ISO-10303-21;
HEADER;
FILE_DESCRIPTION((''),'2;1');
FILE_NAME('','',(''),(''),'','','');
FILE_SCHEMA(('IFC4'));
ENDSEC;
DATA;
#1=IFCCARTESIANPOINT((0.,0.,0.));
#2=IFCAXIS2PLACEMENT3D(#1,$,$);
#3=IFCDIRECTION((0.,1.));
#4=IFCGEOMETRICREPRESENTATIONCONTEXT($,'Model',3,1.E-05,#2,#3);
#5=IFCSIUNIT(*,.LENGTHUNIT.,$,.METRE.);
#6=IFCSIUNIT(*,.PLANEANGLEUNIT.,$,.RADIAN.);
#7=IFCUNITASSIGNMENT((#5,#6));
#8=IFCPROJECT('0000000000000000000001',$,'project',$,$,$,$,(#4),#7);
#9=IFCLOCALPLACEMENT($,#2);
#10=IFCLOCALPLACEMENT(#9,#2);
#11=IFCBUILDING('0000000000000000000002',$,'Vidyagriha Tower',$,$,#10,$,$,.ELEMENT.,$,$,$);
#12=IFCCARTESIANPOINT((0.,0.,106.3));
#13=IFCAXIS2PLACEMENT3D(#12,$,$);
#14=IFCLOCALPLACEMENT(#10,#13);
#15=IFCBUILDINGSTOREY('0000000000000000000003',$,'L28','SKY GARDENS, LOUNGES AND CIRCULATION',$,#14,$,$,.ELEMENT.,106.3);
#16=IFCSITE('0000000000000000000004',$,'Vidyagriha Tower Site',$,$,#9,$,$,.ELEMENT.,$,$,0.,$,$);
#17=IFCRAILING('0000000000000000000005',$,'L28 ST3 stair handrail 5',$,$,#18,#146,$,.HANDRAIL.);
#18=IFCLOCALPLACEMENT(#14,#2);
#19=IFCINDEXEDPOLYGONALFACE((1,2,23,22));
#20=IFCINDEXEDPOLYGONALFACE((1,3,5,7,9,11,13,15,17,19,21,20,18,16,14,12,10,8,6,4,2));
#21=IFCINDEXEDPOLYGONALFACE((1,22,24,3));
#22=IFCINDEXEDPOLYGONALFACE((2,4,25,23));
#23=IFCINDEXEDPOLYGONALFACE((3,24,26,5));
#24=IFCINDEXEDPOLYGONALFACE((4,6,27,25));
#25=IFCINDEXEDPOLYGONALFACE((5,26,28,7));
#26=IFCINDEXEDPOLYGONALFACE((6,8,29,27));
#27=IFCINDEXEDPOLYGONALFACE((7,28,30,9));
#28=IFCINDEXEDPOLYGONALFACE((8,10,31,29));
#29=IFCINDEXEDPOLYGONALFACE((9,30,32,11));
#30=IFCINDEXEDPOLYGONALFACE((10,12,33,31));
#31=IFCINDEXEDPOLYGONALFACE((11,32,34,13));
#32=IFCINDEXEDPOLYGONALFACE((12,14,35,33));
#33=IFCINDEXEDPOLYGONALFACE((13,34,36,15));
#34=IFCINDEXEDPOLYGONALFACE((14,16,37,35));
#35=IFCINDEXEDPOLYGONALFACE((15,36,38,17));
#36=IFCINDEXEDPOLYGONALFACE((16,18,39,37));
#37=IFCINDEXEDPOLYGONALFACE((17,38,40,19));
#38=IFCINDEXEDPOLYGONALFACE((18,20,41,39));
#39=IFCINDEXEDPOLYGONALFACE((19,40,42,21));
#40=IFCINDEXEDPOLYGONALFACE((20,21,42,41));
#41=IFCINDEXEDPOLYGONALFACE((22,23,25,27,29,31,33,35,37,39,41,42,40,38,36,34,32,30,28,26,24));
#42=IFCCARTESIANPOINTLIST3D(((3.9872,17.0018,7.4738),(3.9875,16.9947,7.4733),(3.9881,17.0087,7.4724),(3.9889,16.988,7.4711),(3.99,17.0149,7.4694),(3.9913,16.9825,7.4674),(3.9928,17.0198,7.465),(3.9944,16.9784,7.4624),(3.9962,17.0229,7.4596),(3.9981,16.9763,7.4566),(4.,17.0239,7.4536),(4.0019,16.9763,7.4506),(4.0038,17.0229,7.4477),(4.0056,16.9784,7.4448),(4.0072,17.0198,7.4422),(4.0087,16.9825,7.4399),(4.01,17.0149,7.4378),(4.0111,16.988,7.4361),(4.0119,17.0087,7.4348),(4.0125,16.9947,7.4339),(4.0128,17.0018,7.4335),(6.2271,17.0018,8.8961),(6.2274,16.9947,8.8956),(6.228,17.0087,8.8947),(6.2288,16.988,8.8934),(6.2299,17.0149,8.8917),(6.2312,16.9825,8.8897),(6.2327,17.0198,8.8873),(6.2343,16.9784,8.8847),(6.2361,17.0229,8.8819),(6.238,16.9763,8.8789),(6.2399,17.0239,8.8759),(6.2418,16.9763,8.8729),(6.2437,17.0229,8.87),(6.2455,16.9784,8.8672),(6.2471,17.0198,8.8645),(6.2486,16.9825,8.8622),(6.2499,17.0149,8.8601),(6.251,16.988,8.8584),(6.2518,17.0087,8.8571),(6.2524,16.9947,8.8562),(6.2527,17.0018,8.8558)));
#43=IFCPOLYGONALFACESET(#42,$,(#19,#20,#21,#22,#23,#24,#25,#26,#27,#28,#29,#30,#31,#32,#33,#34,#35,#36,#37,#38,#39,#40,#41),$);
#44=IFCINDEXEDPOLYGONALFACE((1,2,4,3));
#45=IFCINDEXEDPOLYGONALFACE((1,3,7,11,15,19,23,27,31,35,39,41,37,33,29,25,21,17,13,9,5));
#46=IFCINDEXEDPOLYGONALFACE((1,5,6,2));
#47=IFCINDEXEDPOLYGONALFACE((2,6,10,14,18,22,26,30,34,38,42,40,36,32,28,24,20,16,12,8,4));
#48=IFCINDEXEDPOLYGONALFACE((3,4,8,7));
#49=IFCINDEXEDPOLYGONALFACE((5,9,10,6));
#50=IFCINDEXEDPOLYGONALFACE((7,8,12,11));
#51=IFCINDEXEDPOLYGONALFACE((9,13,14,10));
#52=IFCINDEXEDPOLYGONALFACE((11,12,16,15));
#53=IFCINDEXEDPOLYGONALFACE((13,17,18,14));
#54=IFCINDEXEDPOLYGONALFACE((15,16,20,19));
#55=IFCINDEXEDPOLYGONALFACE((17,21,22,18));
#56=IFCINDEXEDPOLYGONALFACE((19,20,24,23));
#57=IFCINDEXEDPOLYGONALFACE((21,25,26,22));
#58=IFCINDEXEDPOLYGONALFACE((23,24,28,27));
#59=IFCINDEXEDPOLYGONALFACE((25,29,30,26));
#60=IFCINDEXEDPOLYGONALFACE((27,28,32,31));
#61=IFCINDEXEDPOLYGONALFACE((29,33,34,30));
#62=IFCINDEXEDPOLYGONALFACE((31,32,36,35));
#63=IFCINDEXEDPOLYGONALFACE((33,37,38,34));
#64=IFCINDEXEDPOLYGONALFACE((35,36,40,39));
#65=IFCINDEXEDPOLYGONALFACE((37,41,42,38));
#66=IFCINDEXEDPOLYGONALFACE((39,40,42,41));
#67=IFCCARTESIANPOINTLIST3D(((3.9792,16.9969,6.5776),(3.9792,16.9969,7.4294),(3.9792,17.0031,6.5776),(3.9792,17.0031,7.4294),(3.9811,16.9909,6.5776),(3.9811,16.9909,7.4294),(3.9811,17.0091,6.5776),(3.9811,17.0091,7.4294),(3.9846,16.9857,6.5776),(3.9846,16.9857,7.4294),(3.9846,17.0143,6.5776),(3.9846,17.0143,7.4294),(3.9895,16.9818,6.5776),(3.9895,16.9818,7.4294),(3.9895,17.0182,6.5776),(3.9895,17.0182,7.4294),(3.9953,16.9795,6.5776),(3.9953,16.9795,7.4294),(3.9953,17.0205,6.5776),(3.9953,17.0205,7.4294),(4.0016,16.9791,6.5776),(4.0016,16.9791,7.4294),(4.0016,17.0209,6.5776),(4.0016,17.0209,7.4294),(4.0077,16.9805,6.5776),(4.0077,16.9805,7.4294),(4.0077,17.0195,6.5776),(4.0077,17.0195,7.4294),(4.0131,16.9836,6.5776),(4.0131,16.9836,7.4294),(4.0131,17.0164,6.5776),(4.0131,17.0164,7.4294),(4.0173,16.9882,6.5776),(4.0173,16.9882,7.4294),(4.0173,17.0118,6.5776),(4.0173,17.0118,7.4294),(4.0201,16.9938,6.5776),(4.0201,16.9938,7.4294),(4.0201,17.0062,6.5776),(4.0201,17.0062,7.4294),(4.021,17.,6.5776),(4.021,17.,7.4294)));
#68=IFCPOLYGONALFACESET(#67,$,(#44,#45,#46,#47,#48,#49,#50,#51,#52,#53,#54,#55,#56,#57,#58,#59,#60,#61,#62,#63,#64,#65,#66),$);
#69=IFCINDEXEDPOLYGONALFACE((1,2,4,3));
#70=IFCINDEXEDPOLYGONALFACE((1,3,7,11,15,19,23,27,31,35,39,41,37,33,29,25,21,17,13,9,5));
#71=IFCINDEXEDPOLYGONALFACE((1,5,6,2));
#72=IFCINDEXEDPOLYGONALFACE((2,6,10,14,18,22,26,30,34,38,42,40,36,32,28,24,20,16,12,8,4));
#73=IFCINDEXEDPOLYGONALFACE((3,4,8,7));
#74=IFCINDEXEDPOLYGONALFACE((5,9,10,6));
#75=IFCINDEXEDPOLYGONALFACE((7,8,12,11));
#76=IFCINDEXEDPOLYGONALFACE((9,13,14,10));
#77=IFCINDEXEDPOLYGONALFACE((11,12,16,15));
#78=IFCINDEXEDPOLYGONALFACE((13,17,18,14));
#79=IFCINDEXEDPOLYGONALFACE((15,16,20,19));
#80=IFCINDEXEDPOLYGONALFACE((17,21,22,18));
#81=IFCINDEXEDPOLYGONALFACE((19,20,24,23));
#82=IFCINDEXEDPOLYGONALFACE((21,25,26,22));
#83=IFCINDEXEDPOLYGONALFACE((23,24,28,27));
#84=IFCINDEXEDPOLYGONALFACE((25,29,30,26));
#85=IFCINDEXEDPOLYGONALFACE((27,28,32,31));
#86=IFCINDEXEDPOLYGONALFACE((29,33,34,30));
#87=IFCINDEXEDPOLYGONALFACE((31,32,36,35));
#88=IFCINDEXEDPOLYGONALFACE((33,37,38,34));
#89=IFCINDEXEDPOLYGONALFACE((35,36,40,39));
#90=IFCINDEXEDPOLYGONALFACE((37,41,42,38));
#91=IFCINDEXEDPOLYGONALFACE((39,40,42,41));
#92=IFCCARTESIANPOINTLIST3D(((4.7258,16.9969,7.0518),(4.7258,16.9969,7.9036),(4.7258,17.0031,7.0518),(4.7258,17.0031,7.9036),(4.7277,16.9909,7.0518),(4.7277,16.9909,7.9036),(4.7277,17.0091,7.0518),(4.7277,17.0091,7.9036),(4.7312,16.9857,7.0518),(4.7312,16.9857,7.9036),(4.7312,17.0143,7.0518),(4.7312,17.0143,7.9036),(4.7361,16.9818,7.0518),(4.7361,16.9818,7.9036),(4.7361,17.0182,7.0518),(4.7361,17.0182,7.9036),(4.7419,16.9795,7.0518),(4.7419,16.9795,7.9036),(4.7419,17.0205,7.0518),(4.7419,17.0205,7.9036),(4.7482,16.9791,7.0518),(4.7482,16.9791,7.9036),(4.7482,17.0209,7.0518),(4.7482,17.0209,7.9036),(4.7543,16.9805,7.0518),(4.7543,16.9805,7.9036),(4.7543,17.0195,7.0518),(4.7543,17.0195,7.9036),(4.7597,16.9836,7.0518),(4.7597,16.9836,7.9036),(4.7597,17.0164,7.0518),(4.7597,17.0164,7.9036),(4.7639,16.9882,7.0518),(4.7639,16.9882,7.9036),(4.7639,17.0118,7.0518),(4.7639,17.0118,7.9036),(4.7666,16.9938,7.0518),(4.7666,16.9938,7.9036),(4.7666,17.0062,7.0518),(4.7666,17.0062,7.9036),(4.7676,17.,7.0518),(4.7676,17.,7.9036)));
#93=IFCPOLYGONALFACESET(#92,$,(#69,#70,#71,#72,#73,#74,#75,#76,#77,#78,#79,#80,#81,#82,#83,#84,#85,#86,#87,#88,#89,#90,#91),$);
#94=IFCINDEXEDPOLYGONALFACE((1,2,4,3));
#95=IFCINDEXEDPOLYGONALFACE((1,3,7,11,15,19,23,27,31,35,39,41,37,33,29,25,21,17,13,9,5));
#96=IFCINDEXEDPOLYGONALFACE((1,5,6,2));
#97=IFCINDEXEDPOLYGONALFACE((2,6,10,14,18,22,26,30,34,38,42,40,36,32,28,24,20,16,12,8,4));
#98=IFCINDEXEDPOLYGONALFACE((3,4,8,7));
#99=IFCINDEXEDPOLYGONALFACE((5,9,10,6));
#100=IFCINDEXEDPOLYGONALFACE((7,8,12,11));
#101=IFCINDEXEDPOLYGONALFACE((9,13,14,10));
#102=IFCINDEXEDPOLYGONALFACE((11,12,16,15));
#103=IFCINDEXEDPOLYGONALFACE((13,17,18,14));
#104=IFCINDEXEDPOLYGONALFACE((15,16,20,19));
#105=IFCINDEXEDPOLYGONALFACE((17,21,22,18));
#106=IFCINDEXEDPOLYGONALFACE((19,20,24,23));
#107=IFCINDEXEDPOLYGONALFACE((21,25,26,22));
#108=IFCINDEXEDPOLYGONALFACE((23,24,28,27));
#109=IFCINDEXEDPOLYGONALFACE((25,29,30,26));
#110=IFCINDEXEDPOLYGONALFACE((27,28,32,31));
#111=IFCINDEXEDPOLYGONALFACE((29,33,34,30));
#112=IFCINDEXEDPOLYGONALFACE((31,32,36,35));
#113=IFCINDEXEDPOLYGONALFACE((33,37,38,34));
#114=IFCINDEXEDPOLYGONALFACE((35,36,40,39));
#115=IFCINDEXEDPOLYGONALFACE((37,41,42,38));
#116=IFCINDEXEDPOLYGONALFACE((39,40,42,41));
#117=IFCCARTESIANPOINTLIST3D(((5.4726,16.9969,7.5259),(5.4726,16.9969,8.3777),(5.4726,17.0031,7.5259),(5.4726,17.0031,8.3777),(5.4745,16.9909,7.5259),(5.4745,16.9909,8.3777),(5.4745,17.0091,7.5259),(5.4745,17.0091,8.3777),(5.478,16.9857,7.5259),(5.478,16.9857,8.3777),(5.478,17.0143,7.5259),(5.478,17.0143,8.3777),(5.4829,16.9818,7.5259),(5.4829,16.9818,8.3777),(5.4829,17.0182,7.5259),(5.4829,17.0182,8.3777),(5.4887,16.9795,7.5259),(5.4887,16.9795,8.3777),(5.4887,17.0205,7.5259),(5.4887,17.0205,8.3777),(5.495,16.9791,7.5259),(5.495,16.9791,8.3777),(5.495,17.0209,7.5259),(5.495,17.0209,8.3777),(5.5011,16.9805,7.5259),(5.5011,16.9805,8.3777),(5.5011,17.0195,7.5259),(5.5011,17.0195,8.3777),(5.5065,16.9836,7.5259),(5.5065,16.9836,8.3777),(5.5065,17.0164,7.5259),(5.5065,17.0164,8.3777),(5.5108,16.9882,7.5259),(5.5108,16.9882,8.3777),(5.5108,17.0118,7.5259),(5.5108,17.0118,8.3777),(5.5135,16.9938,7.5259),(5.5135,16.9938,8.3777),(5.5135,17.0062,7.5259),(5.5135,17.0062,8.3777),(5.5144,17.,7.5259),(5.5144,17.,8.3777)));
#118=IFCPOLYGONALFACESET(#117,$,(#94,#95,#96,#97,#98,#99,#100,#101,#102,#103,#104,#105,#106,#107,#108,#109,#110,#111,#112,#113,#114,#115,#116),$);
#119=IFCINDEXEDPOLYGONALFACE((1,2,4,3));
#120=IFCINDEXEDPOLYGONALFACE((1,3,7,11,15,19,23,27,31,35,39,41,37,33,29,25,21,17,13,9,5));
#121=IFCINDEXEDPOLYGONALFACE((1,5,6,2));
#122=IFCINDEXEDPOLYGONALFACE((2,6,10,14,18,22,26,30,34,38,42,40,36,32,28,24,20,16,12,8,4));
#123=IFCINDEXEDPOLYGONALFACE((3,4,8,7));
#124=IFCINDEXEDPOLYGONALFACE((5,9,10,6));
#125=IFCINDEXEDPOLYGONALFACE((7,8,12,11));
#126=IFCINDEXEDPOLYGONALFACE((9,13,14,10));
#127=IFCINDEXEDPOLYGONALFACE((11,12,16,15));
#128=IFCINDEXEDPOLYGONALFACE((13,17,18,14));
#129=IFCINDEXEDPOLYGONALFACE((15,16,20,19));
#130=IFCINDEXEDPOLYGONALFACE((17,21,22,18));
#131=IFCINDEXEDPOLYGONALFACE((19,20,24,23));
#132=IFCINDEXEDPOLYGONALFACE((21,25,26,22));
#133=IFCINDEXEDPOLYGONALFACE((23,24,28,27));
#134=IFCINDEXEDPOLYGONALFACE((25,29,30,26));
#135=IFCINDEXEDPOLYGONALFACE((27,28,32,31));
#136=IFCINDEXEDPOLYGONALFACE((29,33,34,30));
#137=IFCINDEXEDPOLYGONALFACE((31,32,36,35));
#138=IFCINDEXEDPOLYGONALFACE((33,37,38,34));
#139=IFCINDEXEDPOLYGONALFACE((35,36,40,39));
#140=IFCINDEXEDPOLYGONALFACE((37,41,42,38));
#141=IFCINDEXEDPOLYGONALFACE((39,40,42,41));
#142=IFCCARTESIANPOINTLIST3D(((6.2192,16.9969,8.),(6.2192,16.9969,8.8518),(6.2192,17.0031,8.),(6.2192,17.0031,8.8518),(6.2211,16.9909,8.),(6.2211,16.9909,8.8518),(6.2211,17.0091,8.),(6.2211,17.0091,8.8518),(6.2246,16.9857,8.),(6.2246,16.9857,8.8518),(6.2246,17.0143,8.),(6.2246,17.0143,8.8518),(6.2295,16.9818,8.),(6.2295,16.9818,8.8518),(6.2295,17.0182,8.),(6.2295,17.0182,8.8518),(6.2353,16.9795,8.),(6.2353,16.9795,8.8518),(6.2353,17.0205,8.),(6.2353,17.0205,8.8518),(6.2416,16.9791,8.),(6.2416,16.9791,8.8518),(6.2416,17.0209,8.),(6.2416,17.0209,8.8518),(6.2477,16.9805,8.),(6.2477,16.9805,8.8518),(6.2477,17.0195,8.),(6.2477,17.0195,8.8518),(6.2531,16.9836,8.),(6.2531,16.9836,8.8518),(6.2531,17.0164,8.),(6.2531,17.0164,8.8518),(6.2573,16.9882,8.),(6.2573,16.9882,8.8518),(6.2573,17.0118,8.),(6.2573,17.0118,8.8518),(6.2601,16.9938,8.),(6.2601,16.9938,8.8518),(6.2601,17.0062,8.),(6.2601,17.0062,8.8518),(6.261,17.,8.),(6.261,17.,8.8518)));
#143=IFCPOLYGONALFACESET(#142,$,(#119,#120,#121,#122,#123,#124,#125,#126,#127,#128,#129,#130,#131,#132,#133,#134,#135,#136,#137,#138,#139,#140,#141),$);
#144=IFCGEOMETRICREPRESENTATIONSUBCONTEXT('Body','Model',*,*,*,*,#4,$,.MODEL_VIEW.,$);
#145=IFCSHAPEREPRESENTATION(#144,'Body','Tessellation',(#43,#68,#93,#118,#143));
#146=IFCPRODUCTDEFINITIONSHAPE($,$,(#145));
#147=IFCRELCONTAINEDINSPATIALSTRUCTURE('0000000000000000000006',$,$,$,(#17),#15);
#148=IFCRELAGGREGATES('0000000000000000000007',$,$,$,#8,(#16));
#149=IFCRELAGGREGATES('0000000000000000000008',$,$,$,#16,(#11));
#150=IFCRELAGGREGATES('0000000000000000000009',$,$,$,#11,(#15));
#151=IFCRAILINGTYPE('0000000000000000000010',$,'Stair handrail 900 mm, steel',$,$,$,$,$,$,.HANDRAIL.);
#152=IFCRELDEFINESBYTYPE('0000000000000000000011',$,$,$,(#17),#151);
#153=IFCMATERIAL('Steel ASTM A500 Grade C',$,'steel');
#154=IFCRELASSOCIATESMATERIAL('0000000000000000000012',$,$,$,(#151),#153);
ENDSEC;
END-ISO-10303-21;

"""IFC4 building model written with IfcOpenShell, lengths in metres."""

from ifc_helpers import new_model, si_unit, direction, frame, origin, origin_2d, place, context, subcontext, project, spatial, circle, extrude, material, type_object, element, save


model = new_model("IFC4")

# Units and contexts
model_context = context("Model", 3, precision=1e-05, world=origin(), true_north=direction((0.0, 1.0)))
body_context = subcontext(model_context, "Body", "Model", "MODEL_VIEW")
ifc_project = project(units=[si_unit("LENGTHUNIT", "METRE"), si_unit("PLANEANGLEUNIT", "RADIAN")], contexts=[model_context])

# Site, building, storey
site_placement = place(None, origin())
site = spatial("IfcSite", under=ifc_project, at=site_placement, Name="Vidyagriha Tower Site", CompositionType="ELEMENT", RefElevation=0.0)
building_placement = place(site_placement, origin())
building = spatial("IfcBuilding", under=site, at=building_placement, Name="Vidyagriha Tower", CompositionType="ELEMENT")
storey_placement = place(building_placement, frame((0.0, 0.0, 106.3)))
storey = spatial("IfcBuildingStorey", under=building, at=storey_placement, Name="L28", Description="SKY GARDENS, LOUNGES AND CIRCULATION", CompositionType="ELEMENT", Elevation=106.3)

# Railing
ifc_material_1 = material(Name="Steel ASTM A500 Grade C", Category="steel")
railing_type_1 = type_object("IfcRailingType", Name="Stair handrail 900 mm, steel", PredefinedType="HANDRAIL", material=ifc_material_1)
for number, where, name in (
    (1, (4.0, 17.0, 6.5776), "L28 ST3 stair handrail 5"),
):
    element("IfcRailing", number, at=place(storey_placement, frame(where)), inside=storey, type_object=railing_type_1, Name=name, PredefinedType="HANDRAIL", context=body_context, shape_type="SweptSolid", body=[
        extrude(circle(Radius=0.0239, at=origin_2d()), frame((0.0, 0.0, 0.876), z_axis=(0.844188, 0.0, 0.536048), x_axis=(0.0, 1.0, 0.0)), (0.0, 0.0, 1.0), 2.6533),
        extrude(circle(Radius=0.021, at=origin_2d()), origin(), (0.0, 0.0, 1.0), 0.8518),
        extrude(circle(Radius=0.021, at=origin_2d()), frame((0.7466, 0.0, 0.4741)), (0.0, 0.0, 1.0), 0.8518),
        extrude(circle(Radius=0.021, at=origin_2d()), frame((1.4934, 0.0, 0.9482)), (0.0, 0.0, 1.0), 0.8518),
        extrude(circle(Radius=0.021, at=origin_2d()), frame((2.24, 0.0, 1.4224)), (0.0, 0.0, 1.0), 0.8518),
    ])

save(model, "model.ifc")
